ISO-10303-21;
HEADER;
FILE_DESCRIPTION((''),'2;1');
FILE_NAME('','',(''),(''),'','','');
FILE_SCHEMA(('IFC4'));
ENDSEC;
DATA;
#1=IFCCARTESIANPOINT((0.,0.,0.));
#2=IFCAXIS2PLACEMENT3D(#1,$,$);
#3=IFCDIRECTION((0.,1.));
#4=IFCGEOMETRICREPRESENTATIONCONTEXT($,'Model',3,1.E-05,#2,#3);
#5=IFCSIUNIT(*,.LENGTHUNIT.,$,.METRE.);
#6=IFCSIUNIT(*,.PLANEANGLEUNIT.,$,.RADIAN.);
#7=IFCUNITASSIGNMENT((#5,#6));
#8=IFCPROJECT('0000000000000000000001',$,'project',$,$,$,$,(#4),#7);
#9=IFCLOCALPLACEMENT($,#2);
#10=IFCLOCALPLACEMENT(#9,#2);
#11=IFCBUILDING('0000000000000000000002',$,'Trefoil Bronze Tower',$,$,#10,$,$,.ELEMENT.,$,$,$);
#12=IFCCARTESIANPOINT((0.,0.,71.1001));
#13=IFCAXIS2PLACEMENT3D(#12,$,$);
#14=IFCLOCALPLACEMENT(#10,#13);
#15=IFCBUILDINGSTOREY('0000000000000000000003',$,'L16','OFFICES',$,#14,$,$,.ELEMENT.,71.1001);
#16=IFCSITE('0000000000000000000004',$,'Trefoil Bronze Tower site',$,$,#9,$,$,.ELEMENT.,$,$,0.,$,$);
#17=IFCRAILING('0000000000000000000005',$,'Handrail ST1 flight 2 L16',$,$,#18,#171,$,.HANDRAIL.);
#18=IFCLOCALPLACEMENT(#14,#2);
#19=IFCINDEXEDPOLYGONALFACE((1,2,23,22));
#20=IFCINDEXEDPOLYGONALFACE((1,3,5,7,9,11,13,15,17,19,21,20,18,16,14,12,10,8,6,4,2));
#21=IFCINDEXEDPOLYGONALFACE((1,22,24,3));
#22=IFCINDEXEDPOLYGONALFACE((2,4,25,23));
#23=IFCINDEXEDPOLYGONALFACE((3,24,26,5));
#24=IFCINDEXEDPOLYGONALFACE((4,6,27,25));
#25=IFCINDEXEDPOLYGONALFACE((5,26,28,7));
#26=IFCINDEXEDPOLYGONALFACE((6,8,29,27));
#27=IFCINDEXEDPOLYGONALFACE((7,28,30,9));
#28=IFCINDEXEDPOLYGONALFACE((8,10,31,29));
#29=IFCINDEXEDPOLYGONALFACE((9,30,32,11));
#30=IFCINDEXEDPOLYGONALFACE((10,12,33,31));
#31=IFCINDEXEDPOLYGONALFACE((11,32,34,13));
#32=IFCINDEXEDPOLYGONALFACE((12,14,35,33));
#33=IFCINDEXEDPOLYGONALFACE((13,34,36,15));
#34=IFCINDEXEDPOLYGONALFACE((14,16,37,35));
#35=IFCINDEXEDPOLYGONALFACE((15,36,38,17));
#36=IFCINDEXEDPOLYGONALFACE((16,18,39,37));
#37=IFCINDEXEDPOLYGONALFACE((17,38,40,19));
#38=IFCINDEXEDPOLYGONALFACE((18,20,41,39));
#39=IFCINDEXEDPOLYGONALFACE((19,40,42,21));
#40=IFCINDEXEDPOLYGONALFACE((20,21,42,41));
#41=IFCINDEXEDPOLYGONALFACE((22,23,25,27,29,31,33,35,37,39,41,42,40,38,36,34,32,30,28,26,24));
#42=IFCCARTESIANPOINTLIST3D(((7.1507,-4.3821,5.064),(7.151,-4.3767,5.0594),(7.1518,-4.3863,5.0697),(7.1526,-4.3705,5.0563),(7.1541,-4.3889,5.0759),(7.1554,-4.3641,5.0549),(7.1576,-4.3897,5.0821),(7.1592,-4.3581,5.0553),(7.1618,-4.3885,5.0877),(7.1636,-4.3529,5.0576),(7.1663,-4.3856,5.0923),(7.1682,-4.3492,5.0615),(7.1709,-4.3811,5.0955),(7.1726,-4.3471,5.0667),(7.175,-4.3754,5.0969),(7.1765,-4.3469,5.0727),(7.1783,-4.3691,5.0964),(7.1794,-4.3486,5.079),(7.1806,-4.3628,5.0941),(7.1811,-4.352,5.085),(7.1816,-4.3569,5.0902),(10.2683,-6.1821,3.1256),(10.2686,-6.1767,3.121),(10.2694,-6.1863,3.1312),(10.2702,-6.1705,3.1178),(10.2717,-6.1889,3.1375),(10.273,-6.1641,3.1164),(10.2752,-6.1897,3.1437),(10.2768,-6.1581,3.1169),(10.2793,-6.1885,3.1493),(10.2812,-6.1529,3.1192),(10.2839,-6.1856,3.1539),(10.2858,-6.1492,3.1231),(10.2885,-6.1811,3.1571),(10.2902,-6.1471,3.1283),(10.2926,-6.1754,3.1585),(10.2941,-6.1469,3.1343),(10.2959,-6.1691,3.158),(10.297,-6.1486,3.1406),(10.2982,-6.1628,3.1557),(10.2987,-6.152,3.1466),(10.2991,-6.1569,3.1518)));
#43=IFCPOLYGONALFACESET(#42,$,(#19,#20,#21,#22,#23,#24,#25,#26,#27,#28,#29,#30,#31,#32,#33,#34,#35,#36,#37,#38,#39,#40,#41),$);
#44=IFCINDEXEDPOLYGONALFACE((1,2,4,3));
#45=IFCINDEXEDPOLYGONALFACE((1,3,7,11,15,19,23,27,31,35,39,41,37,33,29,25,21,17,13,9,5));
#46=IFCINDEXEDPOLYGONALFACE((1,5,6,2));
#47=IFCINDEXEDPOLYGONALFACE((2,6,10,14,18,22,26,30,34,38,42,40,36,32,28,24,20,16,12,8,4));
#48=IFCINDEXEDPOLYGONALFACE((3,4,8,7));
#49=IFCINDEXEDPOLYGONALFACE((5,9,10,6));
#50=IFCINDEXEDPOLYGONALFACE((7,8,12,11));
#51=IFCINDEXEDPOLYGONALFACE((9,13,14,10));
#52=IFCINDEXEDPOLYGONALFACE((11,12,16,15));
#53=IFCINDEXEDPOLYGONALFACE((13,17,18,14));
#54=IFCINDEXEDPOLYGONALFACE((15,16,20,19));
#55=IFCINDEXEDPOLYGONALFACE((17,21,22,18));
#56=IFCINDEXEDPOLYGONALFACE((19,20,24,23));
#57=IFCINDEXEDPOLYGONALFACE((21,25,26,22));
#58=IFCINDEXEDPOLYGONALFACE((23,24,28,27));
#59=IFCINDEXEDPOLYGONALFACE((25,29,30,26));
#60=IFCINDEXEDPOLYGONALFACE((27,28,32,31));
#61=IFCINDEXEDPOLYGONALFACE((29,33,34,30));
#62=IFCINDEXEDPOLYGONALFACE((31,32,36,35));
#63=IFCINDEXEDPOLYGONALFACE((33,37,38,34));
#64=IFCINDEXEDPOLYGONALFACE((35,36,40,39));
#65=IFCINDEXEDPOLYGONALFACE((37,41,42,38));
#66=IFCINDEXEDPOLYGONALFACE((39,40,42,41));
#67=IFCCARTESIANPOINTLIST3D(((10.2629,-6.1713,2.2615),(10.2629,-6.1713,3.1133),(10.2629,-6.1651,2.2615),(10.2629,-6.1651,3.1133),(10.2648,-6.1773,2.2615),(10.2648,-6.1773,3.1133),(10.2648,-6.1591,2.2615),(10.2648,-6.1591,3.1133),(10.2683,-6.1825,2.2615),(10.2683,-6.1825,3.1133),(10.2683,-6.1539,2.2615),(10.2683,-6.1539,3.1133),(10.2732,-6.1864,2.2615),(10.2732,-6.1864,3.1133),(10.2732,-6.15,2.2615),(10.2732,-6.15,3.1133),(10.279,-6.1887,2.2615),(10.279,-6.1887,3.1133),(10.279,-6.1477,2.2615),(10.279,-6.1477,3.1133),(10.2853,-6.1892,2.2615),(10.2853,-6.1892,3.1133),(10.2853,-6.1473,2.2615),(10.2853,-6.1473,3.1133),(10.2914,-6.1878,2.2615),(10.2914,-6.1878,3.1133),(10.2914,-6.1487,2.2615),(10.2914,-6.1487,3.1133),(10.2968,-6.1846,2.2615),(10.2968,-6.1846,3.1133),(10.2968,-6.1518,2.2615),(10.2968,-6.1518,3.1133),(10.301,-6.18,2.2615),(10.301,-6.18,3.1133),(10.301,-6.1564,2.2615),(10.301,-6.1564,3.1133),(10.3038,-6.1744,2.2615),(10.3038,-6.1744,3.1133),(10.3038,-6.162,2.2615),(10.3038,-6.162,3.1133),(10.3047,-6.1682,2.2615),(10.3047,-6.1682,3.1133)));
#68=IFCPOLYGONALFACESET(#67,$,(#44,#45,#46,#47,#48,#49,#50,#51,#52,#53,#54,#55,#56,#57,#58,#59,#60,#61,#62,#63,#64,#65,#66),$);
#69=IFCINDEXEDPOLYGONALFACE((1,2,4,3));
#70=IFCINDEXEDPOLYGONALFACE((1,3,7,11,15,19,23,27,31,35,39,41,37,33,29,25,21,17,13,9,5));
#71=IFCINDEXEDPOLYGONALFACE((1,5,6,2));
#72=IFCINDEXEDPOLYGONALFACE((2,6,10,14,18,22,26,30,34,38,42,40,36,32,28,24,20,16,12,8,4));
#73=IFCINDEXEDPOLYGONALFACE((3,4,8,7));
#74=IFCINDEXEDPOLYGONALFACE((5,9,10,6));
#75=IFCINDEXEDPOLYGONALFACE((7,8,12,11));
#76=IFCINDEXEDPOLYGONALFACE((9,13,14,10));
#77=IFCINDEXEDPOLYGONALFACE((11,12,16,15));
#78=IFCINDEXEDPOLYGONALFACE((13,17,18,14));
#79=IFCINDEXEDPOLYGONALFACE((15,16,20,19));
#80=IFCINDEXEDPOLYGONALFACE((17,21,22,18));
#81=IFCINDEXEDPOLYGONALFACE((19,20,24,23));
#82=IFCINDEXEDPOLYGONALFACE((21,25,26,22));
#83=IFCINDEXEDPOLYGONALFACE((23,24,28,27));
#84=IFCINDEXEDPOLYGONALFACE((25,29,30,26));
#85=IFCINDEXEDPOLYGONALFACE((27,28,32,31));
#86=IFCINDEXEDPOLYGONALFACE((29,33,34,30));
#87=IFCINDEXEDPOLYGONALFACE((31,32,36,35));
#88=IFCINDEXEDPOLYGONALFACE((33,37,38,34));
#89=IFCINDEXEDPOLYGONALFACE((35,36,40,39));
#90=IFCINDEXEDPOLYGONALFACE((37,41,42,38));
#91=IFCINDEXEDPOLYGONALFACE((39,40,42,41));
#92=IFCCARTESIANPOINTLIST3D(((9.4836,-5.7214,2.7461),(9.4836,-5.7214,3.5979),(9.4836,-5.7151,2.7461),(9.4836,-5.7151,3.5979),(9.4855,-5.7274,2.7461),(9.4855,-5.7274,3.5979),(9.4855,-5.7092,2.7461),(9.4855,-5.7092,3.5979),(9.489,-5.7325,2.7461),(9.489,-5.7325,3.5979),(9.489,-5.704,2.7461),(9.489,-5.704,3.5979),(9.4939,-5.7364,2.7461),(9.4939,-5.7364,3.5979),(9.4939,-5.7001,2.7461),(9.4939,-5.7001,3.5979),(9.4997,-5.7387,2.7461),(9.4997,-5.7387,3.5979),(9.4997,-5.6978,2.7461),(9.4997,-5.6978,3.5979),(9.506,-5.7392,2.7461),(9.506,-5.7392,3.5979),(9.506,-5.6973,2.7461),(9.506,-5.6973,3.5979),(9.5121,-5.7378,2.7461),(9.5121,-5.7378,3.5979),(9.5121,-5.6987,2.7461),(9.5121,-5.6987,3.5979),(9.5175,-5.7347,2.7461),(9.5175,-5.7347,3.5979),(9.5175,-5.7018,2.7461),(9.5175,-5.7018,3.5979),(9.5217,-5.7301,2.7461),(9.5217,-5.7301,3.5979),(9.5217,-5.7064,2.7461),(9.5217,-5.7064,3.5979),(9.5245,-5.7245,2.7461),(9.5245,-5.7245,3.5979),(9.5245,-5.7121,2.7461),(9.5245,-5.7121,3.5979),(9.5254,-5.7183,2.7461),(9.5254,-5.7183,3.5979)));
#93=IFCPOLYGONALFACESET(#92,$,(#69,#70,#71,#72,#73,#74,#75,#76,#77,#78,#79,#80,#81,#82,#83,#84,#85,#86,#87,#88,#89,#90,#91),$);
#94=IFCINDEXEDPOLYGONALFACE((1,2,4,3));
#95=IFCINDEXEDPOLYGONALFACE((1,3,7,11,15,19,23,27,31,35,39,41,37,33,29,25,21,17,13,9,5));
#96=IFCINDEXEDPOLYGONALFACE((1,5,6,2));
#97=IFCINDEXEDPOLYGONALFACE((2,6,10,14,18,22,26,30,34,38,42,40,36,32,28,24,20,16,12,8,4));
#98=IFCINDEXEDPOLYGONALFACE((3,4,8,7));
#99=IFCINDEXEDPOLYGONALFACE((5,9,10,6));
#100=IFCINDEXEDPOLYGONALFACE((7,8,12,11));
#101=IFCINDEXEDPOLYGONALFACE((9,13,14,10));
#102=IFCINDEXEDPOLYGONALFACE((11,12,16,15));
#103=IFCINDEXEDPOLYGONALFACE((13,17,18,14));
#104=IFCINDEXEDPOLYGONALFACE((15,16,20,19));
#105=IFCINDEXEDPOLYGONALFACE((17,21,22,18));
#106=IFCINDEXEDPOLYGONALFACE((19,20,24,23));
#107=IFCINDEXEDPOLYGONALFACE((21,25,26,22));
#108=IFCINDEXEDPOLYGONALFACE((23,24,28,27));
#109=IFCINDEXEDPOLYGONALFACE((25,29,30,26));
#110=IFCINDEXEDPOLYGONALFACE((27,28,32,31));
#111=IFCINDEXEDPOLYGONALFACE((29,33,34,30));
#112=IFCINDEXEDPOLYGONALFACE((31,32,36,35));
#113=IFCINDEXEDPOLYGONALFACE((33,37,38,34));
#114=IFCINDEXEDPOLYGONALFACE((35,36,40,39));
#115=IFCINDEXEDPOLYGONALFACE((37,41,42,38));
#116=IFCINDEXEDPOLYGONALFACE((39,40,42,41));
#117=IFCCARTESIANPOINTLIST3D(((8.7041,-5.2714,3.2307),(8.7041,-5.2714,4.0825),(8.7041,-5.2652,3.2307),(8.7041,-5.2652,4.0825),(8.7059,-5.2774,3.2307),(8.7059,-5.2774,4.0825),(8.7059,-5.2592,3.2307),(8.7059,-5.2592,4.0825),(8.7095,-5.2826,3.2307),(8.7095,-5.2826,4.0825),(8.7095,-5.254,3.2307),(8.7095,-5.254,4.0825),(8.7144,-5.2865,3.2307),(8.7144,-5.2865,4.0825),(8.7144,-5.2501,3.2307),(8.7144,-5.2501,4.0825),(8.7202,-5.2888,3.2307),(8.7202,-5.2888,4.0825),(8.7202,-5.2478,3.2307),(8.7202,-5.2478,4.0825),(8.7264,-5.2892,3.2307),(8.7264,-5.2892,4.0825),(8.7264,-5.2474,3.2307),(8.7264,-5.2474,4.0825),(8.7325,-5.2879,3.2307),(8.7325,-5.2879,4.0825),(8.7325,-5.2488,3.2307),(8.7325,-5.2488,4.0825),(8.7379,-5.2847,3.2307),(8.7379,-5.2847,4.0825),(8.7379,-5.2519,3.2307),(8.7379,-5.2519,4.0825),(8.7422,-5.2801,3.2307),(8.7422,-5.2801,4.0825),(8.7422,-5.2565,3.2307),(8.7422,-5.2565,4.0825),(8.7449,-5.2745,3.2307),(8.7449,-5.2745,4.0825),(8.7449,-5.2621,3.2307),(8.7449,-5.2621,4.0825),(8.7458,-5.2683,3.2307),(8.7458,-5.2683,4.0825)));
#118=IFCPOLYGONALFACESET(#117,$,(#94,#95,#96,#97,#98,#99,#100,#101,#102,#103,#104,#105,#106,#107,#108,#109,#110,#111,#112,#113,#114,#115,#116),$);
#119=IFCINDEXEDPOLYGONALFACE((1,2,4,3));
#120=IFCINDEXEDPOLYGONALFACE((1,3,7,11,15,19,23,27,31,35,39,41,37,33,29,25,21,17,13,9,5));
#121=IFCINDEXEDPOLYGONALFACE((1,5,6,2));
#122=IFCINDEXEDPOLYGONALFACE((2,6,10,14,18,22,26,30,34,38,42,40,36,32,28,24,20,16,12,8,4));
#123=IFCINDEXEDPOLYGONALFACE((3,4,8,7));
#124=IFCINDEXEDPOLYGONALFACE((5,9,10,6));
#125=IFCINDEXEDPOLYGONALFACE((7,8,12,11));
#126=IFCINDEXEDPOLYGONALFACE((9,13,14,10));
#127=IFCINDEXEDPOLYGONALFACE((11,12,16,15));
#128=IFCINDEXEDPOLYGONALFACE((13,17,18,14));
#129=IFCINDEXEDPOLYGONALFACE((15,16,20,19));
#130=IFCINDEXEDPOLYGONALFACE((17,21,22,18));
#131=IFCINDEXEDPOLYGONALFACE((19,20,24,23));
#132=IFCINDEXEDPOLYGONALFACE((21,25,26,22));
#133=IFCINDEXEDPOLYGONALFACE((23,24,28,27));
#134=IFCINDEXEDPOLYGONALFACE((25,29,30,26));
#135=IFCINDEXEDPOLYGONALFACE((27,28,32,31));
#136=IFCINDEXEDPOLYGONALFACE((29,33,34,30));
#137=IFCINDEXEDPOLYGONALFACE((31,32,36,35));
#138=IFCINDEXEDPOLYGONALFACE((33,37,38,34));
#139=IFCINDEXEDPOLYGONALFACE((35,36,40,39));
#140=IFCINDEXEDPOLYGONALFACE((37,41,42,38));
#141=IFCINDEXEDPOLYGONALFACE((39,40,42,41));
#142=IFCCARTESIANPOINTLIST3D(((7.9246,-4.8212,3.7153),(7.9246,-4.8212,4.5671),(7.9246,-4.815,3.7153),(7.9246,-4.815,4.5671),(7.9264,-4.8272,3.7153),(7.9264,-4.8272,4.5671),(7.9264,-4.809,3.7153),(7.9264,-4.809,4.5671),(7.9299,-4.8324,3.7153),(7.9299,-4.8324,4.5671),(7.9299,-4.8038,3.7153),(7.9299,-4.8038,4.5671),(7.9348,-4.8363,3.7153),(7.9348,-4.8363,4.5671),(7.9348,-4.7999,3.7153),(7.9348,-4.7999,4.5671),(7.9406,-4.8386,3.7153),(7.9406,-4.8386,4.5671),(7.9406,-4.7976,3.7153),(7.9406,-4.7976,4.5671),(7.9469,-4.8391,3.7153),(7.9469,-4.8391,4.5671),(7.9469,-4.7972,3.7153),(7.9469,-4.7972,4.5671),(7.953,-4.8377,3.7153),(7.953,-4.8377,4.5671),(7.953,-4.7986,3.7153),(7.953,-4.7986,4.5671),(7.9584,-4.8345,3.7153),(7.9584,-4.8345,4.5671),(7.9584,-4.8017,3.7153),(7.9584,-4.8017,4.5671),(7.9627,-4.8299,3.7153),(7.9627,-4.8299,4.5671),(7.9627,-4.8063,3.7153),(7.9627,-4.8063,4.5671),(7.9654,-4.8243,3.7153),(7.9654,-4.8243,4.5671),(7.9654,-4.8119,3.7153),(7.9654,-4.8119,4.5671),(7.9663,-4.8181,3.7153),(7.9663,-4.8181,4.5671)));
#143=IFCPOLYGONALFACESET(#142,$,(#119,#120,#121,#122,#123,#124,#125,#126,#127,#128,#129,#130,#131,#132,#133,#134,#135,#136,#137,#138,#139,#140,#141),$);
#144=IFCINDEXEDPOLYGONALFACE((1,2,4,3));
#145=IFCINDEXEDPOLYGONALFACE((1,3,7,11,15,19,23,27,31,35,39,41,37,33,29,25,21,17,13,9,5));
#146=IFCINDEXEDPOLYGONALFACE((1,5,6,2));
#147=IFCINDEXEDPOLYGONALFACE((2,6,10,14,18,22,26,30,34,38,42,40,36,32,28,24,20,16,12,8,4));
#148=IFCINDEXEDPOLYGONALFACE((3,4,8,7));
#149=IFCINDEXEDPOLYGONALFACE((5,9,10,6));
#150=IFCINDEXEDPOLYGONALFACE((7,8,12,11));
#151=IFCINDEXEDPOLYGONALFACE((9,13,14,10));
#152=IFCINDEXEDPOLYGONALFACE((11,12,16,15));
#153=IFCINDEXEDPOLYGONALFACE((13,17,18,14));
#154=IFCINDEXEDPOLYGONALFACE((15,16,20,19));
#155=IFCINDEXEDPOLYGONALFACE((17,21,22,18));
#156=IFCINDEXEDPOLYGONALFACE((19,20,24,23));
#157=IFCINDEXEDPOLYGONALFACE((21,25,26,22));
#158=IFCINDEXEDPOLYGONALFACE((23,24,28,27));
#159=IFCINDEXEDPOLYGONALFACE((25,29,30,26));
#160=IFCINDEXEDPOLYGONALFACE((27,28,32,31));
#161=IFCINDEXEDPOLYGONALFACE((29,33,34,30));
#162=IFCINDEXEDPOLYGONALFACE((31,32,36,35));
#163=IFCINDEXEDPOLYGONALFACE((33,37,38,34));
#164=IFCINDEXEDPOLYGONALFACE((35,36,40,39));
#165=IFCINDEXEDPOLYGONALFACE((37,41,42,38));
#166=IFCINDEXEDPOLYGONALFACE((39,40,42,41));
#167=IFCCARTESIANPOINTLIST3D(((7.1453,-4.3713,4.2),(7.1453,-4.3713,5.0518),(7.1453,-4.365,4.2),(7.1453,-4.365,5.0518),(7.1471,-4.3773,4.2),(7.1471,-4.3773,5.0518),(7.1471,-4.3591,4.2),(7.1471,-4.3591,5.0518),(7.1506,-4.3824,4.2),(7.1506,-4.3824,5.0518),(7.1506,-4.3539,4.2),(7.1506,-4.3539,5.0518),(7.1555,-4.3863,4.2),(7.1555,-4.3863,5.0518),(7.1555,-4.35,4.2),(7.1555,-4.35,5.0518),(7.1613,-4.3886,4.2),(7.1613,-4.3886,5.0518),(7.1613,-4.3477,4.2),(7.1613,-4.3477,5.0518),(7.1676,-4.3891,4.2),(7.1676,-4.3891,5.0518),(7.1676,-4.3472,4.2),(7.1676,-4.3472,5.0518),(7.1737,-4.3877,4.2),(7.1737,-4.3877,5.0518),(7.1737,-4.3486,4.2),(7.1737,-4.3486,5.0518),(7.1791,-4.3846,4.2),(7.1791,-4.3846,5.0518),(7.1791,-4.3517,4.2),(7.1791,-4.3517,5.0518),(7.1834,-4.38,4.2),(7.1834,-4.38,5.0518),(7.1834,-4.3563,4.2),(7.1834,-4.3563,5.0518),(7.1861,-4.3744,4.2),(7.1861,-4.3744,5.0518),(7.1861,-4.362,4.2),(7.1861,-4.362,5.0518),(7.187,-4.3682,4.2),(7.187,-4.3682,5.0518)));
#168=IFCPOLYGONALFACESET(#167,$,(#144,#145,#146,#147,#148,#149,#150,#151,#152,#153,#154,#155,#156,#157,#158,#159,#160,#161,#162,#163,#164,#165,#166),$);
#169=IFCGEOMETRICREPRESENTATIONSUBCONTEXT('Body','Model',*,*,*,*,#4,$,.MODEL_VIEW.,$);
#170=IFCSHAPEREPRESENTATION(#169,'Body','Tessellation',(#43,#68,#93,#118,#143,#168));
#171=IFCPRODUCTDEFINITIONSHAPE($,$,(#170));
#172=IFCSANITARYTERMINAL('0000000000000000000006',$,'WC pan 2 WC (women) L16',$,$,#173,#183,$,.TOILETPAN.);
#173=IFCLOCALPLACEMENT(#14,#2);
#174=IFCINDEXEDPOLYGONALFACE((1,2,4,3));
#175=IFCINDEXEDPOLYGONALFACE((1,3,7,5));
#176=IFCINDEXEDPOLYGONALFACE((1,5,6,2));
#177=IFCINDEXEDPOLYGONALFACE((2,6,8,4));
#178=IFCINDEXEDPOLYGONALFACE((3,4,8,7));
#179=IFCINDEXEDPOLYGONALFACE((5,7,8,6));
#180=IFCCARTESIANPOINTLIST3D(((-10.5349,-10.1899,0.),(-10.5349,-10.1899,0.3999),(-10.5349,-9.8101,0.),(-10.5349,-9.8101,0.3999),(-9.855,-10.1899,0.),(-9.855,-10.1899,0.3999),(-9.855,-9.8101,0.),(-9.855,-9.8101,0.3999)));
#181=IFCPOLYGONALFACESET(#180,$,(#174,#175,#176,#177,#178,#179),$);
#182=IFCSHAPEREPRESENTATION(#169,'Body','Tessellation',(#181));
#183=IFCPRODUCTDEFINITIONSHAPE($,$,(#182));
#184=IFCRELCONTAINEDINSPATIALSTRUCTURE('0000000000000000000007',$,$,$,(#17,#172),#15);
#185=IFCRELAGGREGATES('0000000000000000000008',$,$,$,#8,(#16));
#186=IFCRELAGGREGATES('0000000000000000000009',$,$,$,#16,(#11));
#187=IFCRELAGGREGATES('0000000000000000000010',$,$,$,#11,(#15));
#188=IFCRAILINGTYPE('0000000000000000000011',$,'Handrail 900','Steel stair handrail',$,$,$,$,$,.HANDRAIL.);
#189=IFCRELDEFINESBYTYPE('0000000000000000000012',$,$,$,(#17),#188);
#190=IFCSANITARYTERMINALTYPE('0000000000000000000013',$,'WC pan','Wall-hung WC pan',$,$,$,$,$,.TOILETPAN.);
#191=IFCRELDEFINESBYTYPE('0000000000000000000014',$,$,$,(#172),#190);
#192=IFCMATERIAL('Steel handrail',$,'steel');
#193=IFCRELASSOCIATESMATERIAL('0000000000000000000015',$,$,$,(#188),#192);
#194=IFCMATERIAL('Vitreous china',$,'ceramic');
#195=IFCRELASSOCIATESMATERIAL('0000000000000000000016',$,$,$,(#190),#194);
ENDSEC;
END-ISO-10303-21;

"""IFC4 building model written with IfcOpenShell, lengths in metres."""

from ifc_helpers import new_model, si_unit, direction, frame, origin, origin_2d, place, context, subcontext, project, spatial, polyline, circle, outline, extrude, material, type_object, element, save


model = new_model("IFC4")

# Units and contexts
model_context = context("Model", 3, precision=1e-05, world=origin(), true_north=direction((0.0, 1.0)))
body_context = subcontext(model_context, "Body", "Model", "MODEL_VIEW")
ifc_project = project(units=[si_unit("LENGTHUNIT", "METRE"), si_unit("PLANEANGLEUNIT", "RADIAN")], contexts=[model_context])

# Site, building, storey
site_placement = place(None, origin())
site = spatial("IfcSite", under=ifc_project, at=site_placement, Name="Trefoil Bronze Tower site", CompositionType="ELEMENT", RefElevation=0.0)
building_placement = place(site_placement, origin())
building = spatial("IfcBuilding", under=site, at=building_placement, Name="Trefoil Bronze Tower", CompositionType="ELEMENT")
storey_placement = place(building_placement, frame((0.0, 0.0, 71.1001)))
storey = spatial("IfcBuildingStorey", under=building, at=storey_placement, Name="L16", Description="OFFICES", CompositionType="ELEMENT", Elevation=71.1001)

# Railing
ifc_material_1 = material(Name="Steel handrail", Category="steel")
railing_type = type_object("IfcRailingType", Name="Handrail 900", Description="Steel stair handrail", PredefinedType="HANDRAIL", material=ifc_material_1)
railing_1_placement = place(storey_placement, frame((10.2837, -6.1682, 2.2615)))
element("IfcRailing", 1, at=railing_1_placement, inside=storey, type_object=railing_type, Name="Handrail ST1 flight 2 L16", PredefinedType="HANDRAIL", context=body_context, shape_type="SweptSolid", body=[
    extrude(circle(Radius=0.0239, at=origin_2d()), frame((0.0, 0.0, 0.876), z_axis=(-0.762503, 0.440246, 0.474102), x_axis=(-0.500012, -0.866018, 0.0)), (0.0, 0.0, 1.0), 4.0886),
    extrude(circle(Radius=0.021, at=origin_2d()), origin(), (0.0, 0.0, 1.0), 0.8518),
    extrude(circle(Radius=0.021, at=origin_2d()), frame((-0.7793, 0.45, 0.4846)), (0.0, 0.0, 1.0), 0.8518),
    extrude(circle(Radius=0.021, at=origin_2d()), frame((-1.5588, 0.8999, 0.9692)), (0.0, 0.0, 1.0), 0.8518),
    extrude(circle(Radius=0.021, at=origin_2d()), frame((-2.3384, 1.3501, 1.4539)), (0.0, 0.0, 1.0), 0.8518),
    extrude(circle(Radius=0.021, at=origin_2d()), frame((-3.1177, 1.8, 1.9385)), (0.0, 0.0, 1.0), 0.8518),
])

# Sanitary terminal
ifc_material_2 = material(Name="Vitreous china", Category="ceramic")
sanitary_terminal_type = type_object("IfcSanitaryTerminalType", Name="WC pan", Description="Wall-hung WC pan", PredefinedType="TOILETPAN", material=ifc_material_2)
sanitary_terminal_placement = place(storey_placement, origin())
element("IfcSanitaryTerminal", 2, at=sanitary_terminal_placement, inside=storey, type_object=sanitary_terminal_type, Name="WC pan 2 WC (women) L16", PredefinedType="TOILETPAN", context=body_context, shape_type="SweptSolid", body=[
    extrude(outline(polyline([(-9.855, -9.8101), (-10.5349, -9.8101), (-10.5349, -10.1899), (-9.855, -10.1899), (-9.855, -9.8101)])), origin(), (0.0, 0.0, 1.0), 0.3999),
])

save(model, "model.ifc")
